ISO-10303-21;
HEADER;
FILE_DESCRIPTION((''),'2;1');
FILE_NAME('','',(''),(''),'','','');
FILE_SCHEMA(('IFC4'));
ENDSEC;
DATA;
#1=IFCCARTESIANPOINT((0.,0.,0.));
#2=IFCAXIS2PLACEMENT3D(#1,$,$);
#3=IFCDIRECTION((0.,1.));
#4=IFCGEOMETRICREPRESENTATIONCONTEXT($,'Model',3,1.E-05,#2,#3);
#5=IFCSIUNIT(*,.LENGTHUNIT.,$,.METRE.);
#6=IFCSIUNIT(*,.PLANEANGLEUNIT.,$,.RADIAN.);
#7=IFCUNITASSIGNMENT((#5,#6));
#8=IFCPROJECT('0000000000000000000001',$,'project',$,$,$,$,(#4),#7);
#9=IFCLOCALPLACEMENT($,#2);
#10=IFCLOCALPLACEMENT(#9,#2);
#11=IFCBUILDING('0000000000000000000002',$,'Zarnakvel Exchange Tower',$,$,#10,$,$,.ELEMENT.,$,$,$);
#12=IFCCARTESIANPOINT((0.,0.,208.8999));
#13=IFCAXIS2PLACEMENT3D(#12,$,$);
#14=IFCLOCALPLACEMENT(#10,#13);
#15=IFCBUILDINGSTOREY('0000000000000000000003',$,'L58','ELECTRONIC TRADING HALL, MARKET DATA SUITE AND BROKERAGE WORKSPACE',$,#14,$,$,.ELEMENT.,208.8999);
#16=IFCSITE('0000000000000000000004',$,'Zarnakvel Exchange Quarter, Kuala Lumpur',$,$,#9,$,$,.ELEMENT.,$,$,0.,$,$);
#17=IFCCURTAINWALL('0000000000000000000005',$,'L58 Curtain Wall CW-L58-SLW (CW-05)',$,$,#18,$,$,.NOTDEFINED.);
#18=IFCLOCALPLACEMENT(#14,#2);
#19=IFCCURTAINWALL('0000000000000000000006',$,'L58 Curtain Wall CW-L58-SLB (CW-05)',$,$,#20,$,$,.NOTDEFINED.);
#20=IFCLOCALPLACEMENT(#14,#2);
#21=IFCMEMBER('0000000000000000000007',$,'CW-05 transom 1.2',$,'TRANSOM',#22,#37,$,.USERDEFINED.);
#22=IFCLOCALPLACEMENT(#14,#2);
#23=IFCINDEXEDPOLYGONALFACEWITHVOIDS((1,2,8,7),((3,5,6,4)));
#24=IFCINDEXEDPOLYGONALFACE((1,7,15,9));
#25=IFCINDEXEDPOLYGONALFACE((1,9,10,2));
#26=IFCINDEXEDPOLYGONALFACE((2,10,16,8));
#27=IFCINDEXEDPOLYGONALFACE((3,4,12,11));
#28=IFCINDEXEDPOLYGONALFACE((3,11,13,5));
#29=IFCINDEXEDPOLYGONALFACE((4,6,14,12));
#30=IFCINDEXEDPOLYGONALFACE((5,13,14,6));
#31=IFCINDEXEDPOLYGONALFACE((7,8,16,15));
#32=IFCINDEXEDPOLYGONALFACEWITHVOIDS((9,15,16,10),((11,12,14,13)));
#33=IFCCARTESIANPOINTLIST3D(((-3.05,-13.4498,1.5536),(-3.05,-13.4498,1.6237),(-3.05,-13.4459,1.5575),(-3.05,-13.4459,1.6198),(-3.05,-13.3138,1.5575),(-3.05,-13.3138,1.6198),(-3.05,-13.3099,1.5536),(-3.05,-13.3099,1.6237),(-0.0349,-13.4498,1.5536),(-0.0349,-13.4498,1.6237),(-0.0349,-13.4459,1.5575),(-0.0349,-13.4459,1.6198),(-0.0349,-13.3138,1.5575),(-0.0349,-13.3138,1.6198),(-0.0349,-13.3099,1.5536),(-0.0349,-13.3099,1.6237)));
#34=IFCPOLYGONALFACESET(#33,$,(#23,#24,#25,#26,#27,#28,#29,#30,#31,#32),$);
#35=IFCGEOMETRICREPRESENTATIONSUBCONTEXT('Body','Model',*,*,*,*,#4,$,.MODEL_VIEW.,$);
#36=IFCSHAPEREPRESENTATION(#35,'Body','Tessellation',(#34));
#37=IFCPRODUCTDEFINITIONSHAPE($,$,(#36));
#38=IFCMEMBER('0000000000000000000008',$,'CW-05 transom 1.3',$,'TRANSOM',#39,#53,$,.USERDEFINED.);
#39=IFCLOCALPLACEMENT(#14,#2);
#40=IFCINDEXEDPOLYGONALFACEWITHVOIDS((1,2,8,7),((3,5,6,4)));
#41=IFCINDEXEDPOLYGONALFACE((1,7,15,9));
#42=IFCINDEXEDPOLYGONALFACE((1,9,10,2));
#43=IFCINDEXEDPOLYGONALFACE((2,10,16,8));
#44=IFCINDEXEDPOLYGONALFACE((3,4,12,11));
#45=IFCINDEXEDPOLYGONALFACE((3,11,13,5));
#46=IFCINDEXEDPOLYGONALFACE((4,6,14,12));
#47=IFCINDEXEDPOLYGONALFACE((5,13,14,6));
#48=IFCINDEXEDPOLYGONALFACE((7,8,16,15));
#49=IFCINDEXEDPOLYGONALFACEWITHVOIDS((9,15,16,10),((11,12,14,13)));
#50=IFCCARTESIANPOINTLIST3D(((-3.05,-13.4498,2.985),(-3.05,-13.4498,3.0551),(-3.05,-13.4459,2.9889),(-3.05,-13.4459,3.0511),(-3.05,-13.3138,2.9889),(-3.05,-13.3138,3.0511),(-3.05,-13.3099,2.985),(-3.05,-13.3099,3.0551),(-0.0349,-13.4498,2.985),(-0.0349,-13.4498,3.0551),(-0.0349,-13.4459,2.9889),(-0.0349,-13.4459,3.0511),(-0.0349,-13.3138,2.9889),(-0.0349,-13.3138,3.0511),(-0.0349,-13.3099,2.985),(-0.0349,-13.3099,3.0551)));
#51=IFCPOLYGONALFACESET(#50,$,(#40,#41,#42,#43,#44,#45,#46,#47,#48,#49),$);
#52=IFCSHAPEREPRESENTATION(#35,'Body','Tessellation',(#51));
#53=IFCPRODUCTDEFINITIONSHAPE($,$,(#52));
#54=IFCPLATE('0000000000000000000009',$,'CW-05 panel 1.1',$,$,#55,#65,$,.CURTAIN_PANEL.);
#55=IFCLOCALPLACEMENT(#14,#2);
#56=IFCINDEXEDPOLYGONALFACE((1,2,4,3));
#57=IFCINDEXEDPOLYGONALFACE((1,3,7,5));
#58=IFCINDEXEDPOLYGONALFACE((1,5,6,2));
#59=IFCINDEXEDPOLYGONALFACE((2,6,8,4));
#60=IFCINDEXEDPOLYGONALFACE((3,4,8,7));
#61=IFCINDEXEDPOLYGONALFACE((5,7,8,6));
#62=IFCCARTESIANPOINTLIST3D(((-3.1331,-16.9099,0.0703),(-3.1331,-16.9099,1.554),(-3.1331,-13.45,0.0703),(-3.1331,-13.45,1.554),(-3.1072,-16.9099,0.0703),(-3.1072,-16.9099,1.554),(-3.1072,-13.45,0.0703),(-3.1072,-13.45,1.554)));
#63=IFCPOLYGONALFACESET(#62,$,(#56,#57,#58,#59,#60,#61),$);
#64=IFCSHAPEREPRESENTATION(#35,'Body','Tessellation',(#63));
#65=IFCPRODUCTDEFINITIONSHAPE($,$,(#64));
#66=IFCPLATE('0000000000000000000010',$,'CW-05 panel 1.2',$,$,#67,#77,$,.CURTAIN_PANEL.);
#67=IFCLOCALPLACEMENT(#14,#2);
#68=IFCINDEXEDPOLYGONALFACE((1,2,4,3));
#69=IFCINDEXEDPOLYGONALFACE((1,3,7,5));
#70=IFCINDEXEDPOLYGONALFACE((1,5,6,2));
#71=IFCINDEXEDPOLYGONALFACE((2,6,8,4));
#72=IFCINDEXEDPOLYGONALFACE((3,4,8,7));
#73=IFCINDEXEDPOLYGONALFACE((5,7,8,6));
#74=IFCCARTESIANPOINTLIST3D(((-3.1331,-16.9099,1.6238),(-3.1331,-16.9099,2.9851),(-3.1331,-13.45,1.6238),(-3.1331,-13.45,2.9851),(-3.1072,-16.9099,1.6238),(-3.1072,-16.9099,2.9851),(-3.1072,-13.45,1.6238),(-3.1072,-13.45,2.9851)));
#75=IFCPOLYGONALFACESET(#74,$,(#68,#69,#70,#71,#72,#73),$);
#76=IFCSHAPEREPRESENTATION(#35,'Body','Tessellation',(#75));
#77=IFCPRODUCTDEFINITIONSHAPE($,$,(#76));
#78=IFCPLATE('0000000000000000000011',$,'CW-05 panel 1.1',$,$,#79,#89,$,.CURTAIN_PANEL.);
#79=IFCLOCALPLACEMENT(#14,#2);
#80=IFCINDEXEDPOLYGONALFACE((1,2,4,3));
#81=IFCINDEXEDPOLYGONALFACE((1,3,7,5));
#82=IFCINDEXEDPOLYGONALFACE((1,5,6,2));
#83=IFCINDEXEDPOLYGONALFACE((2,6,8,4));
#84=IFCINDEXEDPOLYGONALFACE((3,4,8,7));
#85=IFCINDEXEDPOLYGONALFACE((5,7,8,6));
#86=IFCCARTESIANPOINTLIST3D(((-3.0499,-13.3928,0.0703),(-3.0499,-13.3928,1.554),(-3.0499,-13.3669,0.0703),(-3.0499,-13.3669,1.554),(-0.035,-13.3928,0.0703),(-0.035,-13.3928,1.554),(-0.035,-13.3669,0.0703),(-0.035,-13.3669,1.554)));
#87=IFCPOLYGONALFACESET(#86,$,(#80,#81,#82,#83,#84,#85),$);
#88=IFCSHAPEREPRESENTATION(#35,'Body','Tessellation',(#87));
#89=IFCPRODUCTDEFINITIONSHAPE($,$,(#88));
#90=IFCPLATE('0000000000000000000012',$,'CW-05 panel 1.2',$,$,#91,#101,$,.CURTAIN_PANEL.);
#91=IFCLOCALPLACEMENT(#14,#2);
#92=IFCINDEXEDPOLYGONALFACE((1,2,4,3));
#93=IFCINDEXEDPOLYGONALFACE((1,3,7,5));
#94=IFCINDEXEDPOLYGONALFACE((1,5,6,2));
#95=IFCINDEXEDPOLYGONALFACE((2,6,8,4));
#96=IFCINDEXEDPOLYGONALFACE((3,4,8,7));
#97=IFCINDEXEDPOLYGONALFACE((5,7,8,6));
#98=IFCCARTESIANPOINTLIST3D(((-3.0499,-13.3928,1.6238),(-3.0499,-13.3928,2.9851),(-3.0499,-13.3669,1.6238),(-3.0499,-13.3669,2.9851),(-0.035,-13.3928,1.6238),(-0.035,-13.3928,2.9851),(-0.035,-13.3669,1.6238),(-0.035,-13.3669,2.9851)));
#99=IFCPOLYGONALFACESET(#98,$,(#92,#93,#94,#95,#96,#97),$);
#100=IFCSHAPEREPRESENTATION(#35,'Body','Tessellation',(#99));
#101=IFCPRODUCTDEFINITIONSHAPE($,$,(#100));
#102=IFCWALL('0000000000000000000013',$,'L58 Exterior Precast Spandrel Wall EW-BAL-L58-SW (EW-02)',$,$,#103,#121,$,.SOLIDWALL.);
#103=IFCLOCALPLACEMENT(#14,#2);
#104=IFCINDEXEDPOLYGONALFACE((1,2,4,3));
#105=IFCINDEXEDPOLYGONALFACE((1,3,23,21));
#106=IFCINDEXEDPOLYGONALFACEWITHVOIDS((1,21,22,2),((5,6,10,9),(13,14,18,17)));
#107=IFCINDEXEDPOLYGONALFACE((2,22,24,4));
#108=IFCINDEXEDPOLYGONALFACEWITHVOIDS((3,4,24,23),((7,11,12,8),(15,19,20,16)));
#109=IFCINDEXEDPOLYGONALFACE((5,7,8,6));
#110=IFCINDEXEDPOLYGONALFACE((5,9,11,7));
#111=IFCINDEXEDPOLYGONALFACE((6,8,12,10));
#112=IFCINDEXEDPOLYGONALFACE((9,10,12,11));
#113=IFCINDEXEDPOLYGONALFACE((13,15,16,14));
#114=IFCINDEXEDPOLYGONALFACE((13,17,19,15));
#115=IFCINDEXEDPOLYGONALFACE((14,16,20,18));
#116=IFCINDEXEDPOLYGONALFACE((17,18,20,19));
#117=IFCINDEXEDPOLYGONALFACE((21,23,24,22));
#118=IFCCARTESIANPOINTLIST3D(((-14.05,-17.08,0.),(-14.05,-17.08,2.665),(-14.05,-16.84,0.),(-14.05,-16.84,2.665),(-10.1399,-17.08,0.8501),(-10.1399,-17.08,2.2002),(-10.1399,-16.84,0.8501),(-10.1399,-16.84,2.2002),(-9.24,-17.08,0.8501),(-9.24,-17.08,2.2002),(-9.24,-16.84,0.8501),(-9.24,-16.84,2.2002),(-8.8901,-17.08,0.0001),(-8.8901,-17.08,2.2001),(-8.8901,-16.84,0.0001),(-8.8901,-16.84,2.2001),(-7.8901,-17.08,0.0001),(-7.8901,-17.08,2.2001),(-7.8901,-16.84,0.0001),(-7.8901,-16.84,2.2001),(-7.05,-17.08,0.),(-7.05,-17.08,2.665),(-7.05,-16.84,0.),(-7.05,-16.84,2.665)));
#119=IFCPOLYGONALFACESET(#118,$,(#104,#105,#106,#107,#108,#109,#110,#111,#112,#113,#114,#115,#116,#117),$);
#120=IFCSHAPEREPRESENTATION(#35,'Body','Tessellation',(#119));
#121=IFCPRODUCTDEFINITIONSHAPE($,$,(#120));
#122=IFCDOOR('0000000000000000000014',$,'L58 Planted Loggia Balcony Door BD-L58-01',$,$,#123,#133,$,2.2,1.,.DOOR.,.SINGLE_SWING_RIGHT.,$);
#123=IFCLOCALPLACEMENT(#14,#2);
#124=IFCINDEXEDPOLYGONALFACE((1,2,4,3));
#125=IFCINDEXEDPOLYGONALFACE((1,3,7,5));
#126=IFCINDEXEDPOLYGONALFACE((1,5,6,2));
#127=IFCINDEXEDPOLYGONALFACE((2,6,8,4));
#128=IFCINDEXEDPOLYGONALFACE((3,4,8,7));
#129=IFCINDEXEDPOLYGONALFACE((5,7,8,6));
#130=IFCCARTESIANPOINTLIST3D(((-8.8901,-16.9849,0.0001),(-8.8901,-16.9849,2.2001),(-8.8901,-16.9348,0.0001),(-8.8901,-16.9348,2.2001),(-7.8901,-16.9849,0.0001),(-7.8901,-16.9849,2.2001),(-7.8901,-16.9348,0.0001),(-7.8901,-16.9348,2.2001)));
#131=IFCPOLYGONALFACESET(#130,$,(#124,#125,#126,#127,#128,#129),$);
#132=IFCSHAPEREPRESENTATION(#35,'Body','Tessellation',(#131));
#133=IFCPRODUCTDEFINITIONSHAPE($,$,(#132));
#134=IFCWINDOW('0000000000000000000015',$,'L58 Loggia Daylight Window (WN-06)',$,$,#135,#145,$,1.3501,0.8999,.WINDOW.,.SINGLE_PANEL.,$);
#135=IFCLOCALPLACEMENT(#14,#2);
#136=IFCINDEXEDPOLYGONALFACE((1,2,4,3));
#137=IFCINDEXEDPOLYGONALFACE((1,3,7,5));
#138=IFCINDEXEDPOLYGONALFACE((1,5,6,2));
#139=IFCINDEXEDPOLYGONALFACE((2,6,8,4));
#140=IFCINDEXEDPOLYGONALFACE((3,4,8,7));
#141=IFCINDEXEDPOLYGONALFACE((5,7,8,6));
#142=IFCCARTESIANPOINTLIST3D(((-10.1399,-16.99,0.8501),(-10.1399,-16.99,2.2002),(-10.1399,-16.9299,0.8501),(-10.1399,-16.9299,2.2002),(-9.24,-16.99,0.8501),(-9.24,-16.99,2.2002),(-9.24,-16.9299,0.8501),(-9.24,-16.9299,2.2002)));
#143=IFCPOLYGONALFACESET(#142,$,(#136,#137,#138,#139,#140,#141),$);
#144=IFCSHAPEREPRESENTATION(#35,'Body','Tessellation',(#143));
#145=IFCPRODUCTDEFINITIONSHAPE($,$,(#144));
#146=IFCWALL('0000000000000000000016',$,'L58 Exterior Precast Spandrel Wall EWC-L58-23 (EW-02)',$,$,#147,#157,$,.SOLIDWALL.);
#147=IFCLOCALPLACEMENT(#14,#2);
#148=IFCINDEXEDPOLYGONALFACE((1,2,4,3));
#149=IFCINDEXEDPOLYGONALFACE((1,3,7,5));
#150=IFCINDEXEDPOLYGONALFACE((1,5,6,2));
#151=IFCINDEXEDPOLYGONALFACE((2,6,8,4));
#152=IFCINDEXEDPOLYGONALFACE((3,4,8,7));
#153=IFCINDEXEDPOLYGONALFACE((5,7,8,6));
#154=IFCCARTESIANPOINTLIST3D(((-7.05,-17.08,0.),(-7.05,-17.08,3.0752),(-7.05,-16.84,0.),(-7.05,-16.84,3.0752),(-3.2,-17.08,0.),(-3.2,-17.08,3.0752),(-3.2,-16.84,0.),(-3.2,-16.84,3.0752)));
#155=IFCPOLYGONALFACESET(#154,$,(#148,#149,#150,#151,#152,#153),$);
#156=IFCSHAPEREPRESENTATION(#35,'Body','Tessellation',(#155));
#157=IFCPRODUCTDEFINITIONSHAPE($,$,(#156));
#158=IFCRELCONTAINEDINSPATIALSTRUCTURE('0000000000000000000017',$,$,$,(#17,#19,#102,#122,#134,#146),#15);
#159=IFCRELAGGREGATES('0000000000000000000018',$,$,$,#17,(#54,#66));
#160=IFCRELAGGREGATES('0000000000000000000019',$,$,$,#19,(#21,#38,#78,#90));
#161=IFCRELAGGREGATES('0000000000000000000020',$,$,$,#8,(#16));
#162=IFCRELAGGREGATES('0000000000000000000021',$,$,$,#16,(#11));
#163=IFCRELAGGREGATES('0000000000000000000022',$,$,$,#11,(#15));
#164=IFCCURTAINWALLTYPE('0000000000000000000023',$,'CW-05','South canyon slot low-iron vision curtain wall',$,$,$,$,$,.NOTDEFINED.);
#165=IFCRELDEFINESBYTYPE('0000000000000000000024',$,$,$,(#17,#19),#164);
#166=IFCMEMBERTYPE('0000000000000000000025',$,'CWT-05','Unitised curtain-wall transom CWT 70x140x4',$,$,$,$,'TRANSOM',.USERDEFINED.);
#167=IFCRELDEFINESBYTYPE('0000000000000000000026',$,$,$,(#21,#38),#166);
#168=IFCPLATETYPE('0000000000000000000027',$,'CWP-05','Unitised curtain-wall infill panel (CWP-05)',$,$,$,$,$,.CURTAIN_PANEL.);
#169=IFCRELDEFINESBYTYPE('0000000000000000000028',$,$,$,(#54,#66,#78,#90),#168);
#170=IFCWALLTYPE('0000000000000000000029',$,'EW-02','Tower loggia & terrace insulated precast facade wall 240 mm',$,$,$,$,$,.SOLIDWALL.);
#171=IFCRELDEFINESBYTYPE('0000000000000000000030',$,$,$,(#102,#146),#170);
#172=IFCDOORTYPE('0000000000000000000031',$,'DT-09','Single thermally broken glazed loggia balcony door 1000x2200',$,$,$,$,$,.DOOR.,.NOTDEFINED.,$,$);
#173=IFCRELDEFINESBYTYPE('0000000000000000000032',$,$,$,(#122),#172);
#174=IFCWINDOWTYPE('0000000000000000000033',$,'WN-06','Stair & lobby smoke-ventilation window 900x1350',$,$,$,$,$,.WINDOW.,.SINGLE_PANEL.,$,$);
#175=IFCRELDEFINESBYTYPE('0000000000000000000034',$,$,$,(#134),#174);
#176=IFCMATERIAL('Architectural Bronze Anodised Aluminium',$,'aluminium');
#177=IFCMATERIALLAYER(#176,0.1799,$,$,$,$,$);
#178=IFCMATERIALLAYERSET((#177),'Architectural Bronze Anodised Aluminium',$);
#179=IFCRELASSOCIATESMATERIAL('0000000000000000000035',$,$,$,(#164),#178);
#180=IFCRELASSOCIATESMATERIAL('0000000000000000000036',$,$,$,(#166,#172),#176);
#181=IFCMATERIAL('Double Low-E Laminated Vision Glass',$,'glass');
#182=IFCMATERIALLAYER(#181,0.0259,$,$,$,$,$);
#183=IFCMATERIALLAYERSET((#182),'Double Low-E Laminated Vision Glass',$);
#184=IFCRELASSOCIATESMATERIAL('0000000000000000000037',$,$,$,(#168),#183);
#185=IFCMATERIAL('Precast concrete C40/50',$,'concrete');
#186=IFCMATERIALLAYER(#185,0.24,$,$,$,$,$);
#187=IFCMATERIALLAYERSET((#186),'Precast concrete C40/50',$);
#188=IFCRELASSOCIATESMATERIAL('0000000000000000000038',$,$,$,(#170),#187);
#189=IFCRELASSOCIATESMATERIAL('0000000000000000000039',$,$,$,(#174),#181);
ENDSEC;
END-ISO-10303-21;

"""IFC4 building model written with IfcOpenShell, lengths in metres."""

from ifc_helpers import new_model, si_unit, direction, frame, frame_2d, origin, origin_2d, place, context, subcontext, project, spatial, rectangle, hollow_rectangle, extrude, source, transform, mapped, material, layer, layer_set, material_profile, profile_set, type_object, element, fill, aggregate, save


model = new_model("IFC4")

# Units and contexts
model_context = context("Model", 3, precision=1e-05, world=origin(), true_north=direction((0.0, 1.0)))
body_context = subcontext(model_context, "Body", "Model", "MODEL_VIEW")
ifc_project = project(units=[si_unit("LENGTHUNIT", "METRE"), si_unit("PLANEANGLEUNIT", "RADIAN")], contexts=[model_context])

# Site, building, storey
site_placement = place(None, origin())
site = spatial("IfcSite", under=ifc_project, at=site_placement, Name="Zarnakvel Exchange Quarter, Kuala Lumpur", CompositionType="ELEMENT", RefElevation=0.0)
building_placement = place(site_placement, origin())
building = spatial("IfcBuilding", under=site, at=building_placement, Name="Zarnakvel Exchange Tower", CompositionType="ELEMENT")
storey_placement = place(building_placement, frame((0.0, 0.0, 208.8999)))
storey = spatial("IfcBuildingStorey", under=building, at=storey_placement, Name="L58", Description="ELECTRONIC TRADING HALL, MARKET DATA SUITE AND BROKERAGE WORKSPACE", CompositionType="ELEMENT", Elevation=208.8999)

# Curtain wall
ifc_material_1 = material(Name="Architectural Bronze Anodised Aluminium", Category="aluminium")
ifc_layer_1 = layer(ifc_material_1, 0.1799)
ifc_layer_set_1 = layer_set([ifc_layer_1], Name="Architectural Bronze Anodised Aluminium")
curtain_wall_type = type_object("IfcCurtainWallType", Name="CW-05", Description="South canyon slot low-iron vision curtain wall", PredefinedType="NOTDEFINED", material=ifc_layer_set_1)
curtain_wall_1_placement = place(storey_placement, origin())
curtain_wall_1 = element("IfcCurtainWall", 1, at=curtain_wall_1_placement, inside=storey, type_object=curtain_wall_type, Name="L58 Curtain Wall CW-L58-SLW (CW-05)", PredefinedType="NOTDEFINED")

# Curtain wall
curtain_wall_2_placement = place(storey_placement, origin())
curtain_wall_2 = element("IfcCurtainWall", 2, at=curtain_wall_2_placement, inside=storey, type_object=curtain_wall_type, Name="L58 Curtain Wall CW-L58-SLB (CW-05)", PredefinedType="NOTDEFINED")

# Members
ifc_material_profile_1 = material_profile(ifc_material_1, hollow_rectangle(XDim=0.1399, YDim=0.0701, WallThickness=0.0039, at=origin_2d()))
ifc_profile_set_1 = profile_set([ifc_material_profile_1], Name="Architectural Bronze Anodised Aluminium")
member_type_1 = type_object("IfcMemberType", Name="CWT-05", Description="Unitised curtain-wall transom CWT 70x140x4", ElementType="TRANSOM", PredefinedType="USERDEFINED", material=ifc_profile_set_1)
shared_shape_1 = source(origin(), body_context, "Body", "SweptSolid", [
    extrude(hollow_rectangle(XDim=0.1399, YDim=0.0701, WallThickness=0.0039, at=origin_2d()), origin(), (0.0, 0.0, 1.0), 3.0151),
])
member_1_placement = place(storey_placement, frame((-3.05, -13.3799, 1.5886), z_axis=(1.0, 0.0, 0.0), x_axis=(0.0, 1.0, 0.0)))
member_1 = element("IfcMember", 3, at=member_1_placement, type_object=member_type_1, Name="CW-05 transom 1.2", ObjectType="TRANSOM", PredefinedType="USERDEFINED", context=body_context, shape_type="MappedRepresentation", body=[
    mapped(shared_shape_1, transform((0.0, 0.0, 0.0), x_axis=(1.0, 0.0, 0.0), y_axis=(0.0, 1.0, 0.0), z_axis=(0.0, 0.0, 1.0), scale=1.0)),
])
member_2_placement = place(storey_placement, frame((-3.05, -13.3799, 3.02), z_axis=(1.0, 0.0, 0.0), x_axis=(0.0, 1.0, 0.0)))
member_2 = element("IfcMember", 4, at=member_2_placement, type_object=member_type_1, Name="CW-05 transom 1.3", ObjectType="TRANSOM", PredefinedType="USERDEFINED", context=body_context, shape_type="MappedRepresentation", body=[
    mapped(shared_shape_1, transform((0.0, 0.0, 0.0), x_axis=(1.0, 0.0, 0.0), y_axis=(0.0, 1.0, 0.0), z_axis=(0.0, 0.0, 1.0), scale=1.0)),
])

# Plates
ifc_material_2 = material(Name="Double Low-E Laminated Vision Glass", Category="glass")
ifc_layer_2 = layer(ifc_material_2, 0.0259)
ifc_layer_set_2 = layer_set([ifc_layer_2], Name="Double Low-E Laminated Vision Glass")
plate_type = type_object("IfcPlateType", Name="CWP-05", Description="Unitised curtain-wall infill panel (CWP-05)", PredefinedType="CURTAIN_PANEL", material=ifc_layer_set_2)
shared_shape_2 = source(origin(), body_context, "Body", "SweptSolid", [
    extrude(rectangle(XDim=3.46, YDim=0.0259, at=origin_2d()), origin(), (0.0, 0.0, 1.0), 1.4836),
])
plate_1_placement = place(storey_placement, frame((-3.1201, -15.1799, 0.0703), z_axis=(0.0, 0.0, 1.0), x_axis=(0.0, 1.0, 0.0)))
plate_1 = element("IfcPlate", 5, at=plate_1_placement, type_object=plate_type, Name="CW-05 panel 1.1", PredefinedType="CURTAIN_PANEL", context=body_context, shape_type="MappedRepresentation", body=[
    mapped(shared_shape_2, transform((0.0, 0.0, 0.0), x_axis=(1.0, 0.0, 0.0), y_axis=(0.0, 1.0, 0.0), z_axis=(0.0, 0.0, 1.0), scale=1.0)),
])
shared_shape_3 = source(origin(), body_context, "Body", "SweptSolid", [
    extrude(rectangle(XDim=3.46, YDim=0.0259, at=origin_2d()), origin(), (0.0, 0.0, 1.0), 1.3613),
])
plate_2_placement = place(storey_placement, frame((-3.1201, -15.1799, 1.6238), z_axis=(0.0, 0.0, 1.0), x_axis=(0.0, 1.0, 0.0)))
plate_2 = element("IfcPlate", 6, at=plate_2_placement, type_object=plate_type, Name="CW-05 panel 1.2", PredefinedType="CURTAIN_PANEL", context=body_context, shape_type="MappedRepresentation", body=[
    mapped(shared_shape_3, transform((0.0, 0.0, 0.0), x_axis=(1.0, 0.0, 0.0), y_axis=(0.0, 1.0, 0.0), z_axis=(0.0, 0.0, 1.0), scale=1.0)),
])
aggregate(curtain_wall_1, [plate_1, plate_2])
shared_shape_4 = source(origin(), body_context, "Body", "SweptSolid", [
    extrude(rectangle(XDim=3.0149, YDim=0.0259, at=origin_2d()), origin(), (0.0, 0.0, 1.0), 1.4836),
])
plate_3_placement = place(storey_placement, frame((-1.5425, -13.3799, 0.0703), z_axis=(0.0, 0.0, 1.0), x_axis=(1.0, 0.0, 0.0)))
plate_3 = element("IfcPlate", 7, at=plate_3_placement, type_object=plate_type, Name="CW-05 panel 1.1", PredefinedType="CURTAIN_PANEL", context=body_context, shape_type="MappedRepresentation", body=[
    mapped(shared_shape_4, transform((0.0, 0.0, 0.0), x_axis=(1.0, 0.0, 0.0), y_axis=(0.0, 1.0, 0.0), z_axis=(0.0, 0.0, 1.0), scale=1.0)),
])
shared_shape_5 = source(origin(), body_context, "Body", "SweptSolid", [
    extrude(rectangle(XDim=3.0149, YDim=0.0259, at=origin_2d()), origin(), (0.0, 0.0, 1.0), 1.3613),
])
plate_4_placement = place(storey_placement, frame((-1.5425, -13.3799, 1.6238), z_axis=(0.0, 0.0, 1.0), x_axis=(1.0, 0.0, 0.0)))
plate_4 = element("IfcPlate", 8, at=plate_4_placement, type_object=plate_type, Name="CW-05 panel 1.2", PredefinedType="CURTAIN_PANEL", context=body_context, shape_type="MappedRepresentation", body=[
    mapped(shared_shape_5, transform((0.0, 0.0, 0.0), x_axis=(1.0, 0.0, 0.0), y_axis=(0.0, 1.0, 0.0), z_axis=(0.0, 0.0, 1.0), scale=1.0)),
])
aggregate(curtain_wall_2, [member_1, member_2, plate_3, plate_4])

# Wall, openings, door, window
ifc_material_3 = material(Name="Precast concrete C40/50", Category="concrete")
ifc_layer_3 = layer(ifc_material_3, 0.24)
ifc_layer_set_3 = layer_set([ifc_layer_3], Name="Precast concrete C40/50")
wall_type = type_object("IfcWallType", Name="EW-02", Description="Tower loggia & terrace insulated precast facade wall 240 mm", PredefinedType="SOLIDWALL", material=ifc_layer_set_3)
wall_1_placement = place(storey_placement, frame((-7.05, -16.96, 0.0), z_axis=(0.0, 0.0, 1.0), x_axis=(-1.0, 0.0, 0.0)))
wall_1 = element("IfcWall", 9, at=wall_1_placement, inside=storey, type_object=wall_type, Name="L58 Exterior Precast Spandrel Wall EW-BAL-L58-SW (EW-02)", PredefinedType="SOLIDWALL", context=body_context, shape_type="SweptSolid", body=[
    extrude(rectangle(XDim=7.0, YDim=0.24, at=frame_2d((3.5, 0.0))), origin(), (0.0, 0.0, 1.0), 2.665),
])
opening_1_placement = place(wall_1_placement, frame((0.8401, 0.0, 0.0)))
opening_1 = element("IfcOpeningElement", 10, at=opening_1_placement, cuts=wall_1, PredefinedType="OPENING", context=body_context, shape_type="SweptSolid", body=[
    extrude(rectangle(XDim=1.0, YDim=2.2, at=frame_2d((0.5, 1.1001))), frame((0.0, 0.1299, 0.0), z_axis=(0.0, -1.0, 0.0), x_axis=(1.0, 0.0, 0.0)), (0.0, 0.0, 1.0), 0.26),
])
opening_2_placement = place(wall_1_placement, frame((2.1899, 0.0, 0.8501)))
opening_2 = element("IfcOpeningElement", 11, at=opening_2_placement, cuts=wall_1, PredefinedType="OPENING", context=body_context, shape_type="SweptSolid", body=[
    extrude(rectangle(XDim=0.8999, YDim=1.3501, at=frame_2d((0.45, 0.675))), frame((0.0, 0.1299, 0.0), z_axis=(0.0, -1.0, 0.0), x_axis=(1.0, 0.0, 0.0)), (0.0, 0.0, 1.0), 0.26),
])
door_type = type_object("IfcDoorType", Name="DT-09", Description="Single thermally broken glazed loggia balcony door 1000x2200", OperationType="NOTDEFINED", PredefinedType="DOOR", material=ifc_material_1)
shared_shape_6 = source(origin(), body_context, "Body", "SweptSolid", [
    extrude(rectangle(XDim=1.0, YDim=2.2, at=frame_2d((0.5, 1.1001))), frame((0.0, 0.0249, 0.0), z_axis=(0.0, -1.0, 0.0), x_axis=(1.0, 0.0, 0.0)), (0.0, 0.0, 1.0), 0.05),
])
door_placement = place(opening_1_placement, origin())
door = element("IfcDoor", 12, at=door_placement, inside=storey, type_object=door_type, Name="L58 Planted Loggia Balcony Door BD-L58-01", OperationType="SINGLE_SWING_RIGHT", OverallHeight=2.2, OverallWidth=1.0, PredefinedType="DOOR", context=body_context, shape_type="MappedRepresentation", body=[
    mapped(shared_shape_6, transform((0.0, 0.0, 0.0), x_axis=(1.0, 0.0, 0.0), y_axis=(0.0, 1.0, 0.0), z_axis=(0.0, 0.0, 1.0), scale=1.0)),
])
fill(opening_1, door)
window_type = type_object("IfcWindowType", Name="WN-06", Description="Stair & lobby smoke-ventilation window 900x1350", PartitioningType="SINGLE_PANEL", PredefinedType="WINDOW", material=ifc_material_2)
shared_shape_7 = source(origin(), body_context, "Body", "SweptSolid", [
    extrude(rectangle(XDim=0.8999, YDim=1.3501, at=frame_2d((0.45, 0.675))), frame((0.0, 0.03, 0.0), z_axis=(0.0, -1.0, 0.0), x_axis=(1.0, 0.0, 0.0)), (0.0, 0.0, 1.0), 0.0601),
])
window_placement = place(opening_2_placement, origin())
window = element("IfcWindow", 13, at=window_placement, inside=storey, type_object=window_type, Name="L58 Loggia Daylight Window (WN-06)", OverallHeight=1.3501, OverallWidth=0.8999, PartitioningType="SINGLE_PANEL", PredefinedType="WINDOW", context=body_context, shape_type="MappedRepresentation", body=[
    mapped(shared_shape_7, transform((0.0, 0.0, 0.0), x_axis=(1.0, 0.0, 0.0), y_axis=(0.0, 1.0, 0.0), z_axis=(0.0, 0.0, 1.0), scale=1.0)),
])
fill(opening_2, window)

# Wall
wall_2_placement = place(storey_placement, frame((-7.05, -16.96, 0.0), z_axis=(0.0, 0.0, 1.0), x_axis=(1.0, 0.0, 0.0)))
element("IfcWall", 14, at=wall_2_placement, inside=storey, type_object=wall_type, Name="L58 Exterior Precast Spandrel Wall EWC-L58-23 (EW-02)", PredefinedType="SOLIDWALL", context=body_context, shape_type="SweptSolid", body=[
    extrude(rectangle(XDim=3.8501, YDim=0.24, at=frame_2d((1.925, 0.0))), origin(), (0.0, 0.0, 1.0), 3.0752),
])

save(model, "model.ifc")
